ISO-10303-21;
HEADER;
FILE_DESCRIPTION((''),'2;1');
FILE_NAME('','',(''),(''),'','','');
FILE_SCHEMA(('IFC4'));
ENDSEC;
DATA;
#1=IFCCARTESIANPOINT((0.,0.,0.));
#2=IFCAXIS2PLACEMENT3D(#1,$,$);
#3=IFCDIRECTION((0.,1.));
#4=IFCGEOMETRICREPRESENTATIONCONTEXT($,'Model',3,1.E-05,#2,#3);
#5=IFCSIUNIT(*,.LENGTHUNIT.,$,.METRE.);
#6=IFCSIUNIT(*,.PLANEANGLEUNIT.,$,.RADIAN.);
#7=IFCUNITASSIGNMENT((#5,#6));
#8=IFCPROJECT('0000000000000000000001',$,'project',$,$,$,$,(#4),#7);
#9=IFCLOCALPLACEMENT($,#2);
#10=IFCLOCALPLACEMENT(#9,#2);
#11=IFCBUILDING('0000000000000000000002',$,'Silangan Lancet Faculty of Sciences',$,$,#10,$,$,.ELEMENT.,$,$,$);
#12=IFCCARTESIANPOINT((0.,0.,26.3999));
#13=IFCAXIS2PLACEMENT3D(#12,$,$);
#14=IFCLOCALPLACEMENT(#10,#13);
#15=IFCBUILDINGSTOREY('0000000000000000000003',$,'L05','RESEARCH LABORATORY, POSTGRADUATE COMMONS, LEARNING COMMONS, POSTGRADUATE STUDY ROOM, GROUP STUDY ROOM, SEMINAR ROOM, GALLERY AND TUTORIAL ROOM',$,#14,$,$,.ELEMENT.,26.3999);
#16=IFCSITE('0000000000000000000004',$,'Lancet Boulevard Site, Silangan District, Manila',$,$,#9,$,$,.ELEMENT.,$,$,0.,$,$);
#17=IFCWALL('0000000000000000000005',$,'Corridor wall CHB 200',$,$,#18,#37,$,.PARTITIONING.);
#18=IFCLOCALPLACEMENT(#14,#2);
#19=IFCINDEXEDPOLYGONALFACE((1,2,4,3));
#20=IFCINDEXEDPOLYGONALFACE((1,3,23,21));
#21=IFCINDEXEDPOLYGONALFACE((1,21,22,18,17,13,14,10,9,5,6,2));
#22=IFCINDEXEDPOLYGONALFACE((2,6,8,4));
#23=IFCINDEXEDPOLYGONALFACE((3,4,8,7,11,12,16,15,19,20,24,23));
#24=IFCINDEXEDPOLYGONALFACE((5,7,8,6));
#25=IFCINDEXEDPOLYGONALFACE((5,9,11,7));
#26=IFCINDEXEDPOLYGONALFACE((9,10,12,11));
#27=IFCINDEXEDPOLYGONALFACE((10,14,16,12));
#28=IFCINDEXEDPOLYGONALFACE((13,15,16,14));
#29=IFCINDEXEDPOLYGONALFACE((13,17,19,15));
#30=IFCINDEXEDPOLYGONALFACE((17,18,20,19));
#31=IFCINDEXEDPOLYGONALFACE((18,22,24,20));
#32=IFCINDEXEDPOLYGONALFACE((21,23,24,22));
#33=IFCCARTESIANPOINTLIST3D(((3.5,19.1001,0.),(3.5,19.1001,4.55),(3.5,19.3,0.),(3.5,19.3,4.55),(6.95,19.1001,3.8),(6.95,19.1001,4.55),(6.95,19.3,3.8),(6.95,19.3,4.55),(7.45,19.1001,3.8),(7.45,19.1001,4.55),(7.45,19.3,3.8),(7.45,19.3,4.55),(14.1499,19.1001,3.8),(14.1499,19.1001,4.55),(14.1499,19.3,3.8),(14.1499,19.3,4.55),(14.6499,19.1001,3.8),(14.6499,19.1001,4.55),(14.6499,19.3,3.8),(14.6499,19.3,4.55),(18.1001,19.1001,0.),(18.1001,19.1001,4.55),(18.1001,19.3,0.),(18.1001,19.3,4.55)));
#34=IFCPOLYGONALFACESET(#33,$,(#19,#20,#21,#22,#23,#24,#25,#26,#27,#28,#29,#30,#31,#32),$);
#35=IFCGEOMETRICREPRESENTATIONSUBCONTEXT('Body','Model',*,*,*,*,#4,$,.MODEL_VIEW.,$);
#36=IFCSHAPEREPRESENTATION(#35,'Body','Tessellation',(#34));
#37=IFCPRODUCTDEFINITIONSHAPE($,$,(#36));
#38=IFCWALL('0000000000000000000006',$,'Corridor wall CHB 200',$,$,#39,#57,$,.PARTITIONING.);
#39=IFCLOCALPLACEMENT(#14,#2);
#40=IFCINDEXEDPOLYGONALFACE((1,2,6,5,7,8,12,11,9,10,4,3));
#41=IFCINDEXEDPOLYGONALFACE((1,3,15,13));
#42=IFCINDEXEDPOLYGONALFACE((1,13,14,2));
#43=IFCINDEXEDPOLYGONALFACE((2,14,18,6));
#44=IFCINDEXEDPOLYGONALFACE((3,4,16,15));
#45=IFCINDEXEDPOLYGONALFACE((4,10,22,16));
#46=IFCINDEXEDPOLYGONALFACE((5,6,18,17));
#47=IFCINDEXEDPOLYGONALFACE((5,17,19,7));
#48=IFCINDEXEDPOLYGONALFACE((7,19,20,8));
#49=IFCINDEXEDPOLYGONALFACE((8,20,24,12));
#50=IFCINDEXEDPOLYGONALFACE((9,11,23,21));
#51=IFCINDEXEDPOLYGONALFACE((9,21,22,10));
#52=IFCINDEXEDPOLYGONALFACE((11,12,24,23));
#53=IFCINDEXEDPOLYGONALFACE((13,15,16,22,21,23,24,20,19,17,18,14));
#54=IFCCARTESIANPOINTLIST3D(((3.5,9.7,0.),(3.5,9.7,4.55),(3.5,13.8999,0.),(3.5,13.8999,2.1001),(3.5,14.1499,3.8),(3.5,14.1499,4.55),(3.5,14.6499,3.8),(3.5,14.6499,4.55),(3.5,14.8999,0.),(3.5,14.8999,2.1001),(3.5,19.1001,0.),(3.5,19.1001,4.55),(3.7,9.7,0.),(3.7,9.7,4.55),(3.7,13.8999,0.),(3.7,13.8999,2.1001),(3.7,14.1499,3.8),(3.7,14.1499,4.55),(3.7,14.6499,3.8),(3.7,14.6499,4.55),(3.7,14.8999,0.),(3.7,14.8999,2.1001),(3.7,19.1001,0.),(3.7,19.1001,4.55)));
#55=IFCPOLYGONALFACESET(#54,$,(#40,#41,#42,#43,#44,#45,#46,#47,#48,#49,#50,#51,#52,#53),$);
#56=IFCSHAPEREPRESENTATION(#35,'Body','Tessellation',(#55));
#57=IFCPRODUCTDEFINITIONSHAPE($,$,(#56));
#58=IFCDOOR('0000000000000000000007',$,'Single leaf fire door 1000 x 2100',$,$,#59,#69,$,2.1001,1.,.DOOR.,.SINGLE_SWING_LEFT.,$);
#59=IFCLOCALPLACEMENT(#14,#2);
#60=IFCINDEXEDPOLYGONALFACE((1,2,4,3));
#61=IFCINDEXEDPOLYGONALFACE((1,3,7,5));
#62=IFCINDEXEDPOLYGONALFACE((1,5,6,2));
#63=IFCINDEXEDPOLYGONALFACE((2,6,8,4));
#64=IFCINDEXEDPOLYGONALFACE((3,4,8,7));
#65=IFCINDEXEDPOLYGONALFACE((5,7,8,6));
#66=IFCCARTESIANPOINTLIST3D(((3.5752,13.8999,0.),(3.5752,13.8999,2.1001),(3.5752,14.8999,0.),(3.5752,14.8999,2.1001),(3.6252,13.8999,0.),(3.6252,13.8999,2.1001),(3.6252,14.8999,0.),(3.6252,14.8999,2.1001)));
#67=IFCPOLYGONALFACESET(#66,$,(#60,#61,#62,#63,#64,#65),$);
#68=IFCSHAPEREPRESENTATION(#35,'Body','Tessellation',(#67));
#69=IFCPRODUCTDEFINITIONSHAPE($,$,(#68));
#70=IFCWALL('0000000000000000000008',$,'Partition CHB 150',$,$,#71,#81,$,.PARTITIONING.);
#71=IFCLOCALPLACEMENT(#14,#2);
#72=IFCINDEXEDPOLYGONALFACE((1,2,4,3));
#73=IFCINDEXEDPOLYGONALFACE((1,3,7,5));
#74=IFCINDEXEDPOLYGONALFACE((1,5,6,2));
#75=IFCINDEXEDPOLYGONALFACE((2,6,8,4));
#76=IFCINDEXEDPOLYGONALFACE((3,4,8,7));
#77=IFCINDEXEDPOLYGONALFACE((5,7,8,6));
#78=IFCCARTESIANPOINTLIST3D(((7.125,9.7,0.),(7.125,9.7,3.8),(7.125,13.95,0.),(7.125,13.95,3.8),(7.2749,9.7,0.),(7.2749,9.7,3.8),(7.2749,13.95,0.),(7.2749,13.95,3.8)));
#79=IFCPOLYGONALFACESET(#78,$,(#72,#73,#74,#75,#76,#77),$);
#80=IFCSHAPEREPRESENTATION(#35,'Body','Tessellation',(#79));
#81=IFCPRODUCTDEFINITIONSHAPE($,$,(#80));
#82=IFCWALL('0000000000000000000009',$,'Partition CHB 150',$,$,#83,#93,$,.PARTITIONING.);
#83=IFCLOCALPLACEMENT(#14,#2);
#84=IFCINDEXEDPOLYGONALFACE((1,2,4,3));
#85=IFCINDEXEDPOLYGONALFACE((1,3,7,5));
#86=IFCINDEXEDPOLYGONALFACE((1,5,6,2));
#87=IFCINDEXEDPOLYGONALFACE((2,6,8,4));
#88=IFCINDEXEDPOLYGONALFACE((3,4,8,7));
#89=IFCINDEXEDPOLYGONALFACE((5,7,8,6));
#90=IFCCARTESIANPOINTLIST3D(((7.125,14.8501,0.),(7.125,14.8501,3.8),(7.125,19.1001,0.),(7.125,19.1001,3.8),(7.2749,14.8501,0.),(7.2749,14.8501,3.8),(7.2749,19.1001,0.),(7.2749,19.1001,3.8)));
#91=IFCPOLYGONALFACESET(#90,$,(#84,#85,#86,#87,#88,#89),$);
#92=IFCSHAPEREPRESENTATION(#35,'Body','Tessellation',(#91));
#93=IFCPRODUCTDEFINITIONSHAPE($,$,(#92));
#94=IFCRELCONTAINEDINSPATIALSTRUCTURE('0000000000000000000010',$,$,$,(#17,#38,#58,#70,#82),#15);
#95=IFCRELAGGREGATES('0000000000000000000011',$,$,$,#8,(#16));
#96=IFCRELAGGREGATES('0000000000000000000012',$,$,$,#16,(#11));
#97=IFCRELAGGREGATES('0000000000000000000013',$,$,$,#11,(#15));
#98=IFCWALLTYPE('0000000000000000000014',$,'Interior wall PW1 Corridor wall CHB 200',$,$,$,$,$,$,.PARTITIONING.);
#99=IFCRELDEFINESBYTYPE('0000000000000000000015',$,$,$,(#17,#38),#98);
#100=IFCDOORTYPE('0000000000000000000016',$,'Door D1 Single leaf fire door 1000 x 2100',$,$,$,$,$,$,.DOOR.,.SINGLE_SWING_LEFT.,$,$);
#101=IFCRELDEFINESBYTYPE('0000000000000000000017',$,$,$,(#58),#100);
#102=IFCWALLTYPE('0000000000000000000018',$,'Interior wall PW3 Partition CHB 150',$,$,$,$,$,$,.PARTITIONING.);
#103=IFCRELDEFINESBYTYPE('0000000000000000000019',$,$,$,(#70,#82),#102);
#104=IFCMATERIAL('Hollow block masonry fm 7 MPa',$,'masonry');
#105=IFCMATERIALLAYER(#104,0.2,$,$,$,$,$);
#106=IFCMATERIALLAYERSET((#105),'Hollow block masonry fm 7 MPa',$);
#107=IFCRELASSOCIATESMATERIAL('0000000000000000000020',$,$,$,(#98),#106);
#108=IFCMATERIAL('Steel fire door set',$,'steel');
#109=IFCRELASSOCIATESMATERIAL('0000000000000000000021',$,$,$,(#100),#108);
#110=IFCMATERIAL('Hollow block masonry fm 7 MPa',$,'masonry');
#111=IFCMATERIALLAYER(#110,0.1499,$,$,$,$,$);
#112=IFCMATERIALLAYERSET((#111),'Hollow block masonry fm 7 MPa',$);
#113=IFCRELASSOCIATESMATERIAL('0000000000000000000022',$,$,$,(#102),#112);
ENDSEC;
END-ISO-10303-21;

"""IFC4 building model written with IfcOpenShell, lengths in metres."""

from ifc_helpers import new_model, si_unit, direction, frame, frame_2d, origin, place, context, subcontext, project, spatial, polyline, rectangle, outline, extrude, material, layer, layer_set, type_object, element, fill, save


model = new_model("IFC4")

# Units and contexts
model_context = context("Model", 3, precision=1e-05, world=origin(), true_north=direction((0.0, 1.0)))
body_context = subcontext(model_context, "Body", "Model", "MODEL_VIEW")
ifc_project = project(units=[si_unit("LENGTHUNIT", "METRE"), si_unit("PLANEANGLEUNIT", "RADIAN")], contexts=[model_context])

# Site, building, storey
site_placement = place(None, origin())
site = spatial("IfcSite", under=ifc_project, at=site_placement, Name="Lancet Boulevard Site, Silangan District, Manila", CompositionType="ELEMENT", RefElevation=0.0)
building_placement = place(site_placement, origin())
building = spatial("IfcBuilding", under=site, at=building_placement, Name="Silangan Lancet Faculty of Sciences", CompositionType="ELEMENT")
storey_placement = place(building_placement, frame((0.0, 0.0, 26.3999)))
storey = spatial("IfcBuildingStorey", under=building, at=storey_placement, Name="L05", Description="RESEARCH LABORATORY, POSTGRADUATE COMMONS, LEARNING COMMONS, POSTGRADUATE STUDY ROOM, GROUP STUDY ROOM, SEMINAR ROOM, GALLERY AND TUTORIAL ROOM", CompositionType="ELEMENT", Elevation=26.3999)

# Shared definitions
ifc_material_1 = material(Name="Hollow block masonry fm 7 MPa", Category="masonry")
ifc_layer_1 = layer(ifc_material_1, 0.2)
ifc_layer_set_1 = layer_set([ifc_layer_1], Name="Hollow block masonry fm 7 MPa")
wall_type_1 = type_object("IfcWallType", Name="Interior wall PW1 Corridor wall CHB 200", PredefinedType="PARTITIONING", material=ifc_layer_set_1)
ifc_material_2 = material(Name="Steel fire door set", Category="steel")
door_type = type_object("IfcDoorType", Name="Door D1 Single leaf fire door 1000 x 2100", OperationType="SINGLE_SWING_LEFT", PredefinedType="DOOR", material=ifc_material_2)

# Wall
wall_1_placement = place(storey_placement, frame((3.5, 19.2, 0.0), z_axis=(0.0, 0.0, 1.0), x_axis=(1.0, 0.0, 0.0)))
element("IfcWall", 1, at=wall_1_placement, inside=storey, type_object=wall_type_1, Name="Corridor wall CHB 200", PredefinedType="PARTITIONING", context=body_context, shape_type="SweptSolid", body=[
    extrude(outline(polyline([(0.0, 0.0), (14.6001, 0.0), (14.6001, 4.55), (11.1499, 4.55), (11.1499, 3.8), (10.6499, 3.8), (10.6499, 4.55), (3.95, 4.55), (3.95, 3.8), (3.45, 3.8), (3.45, 4.55), (0.0, 4.55), (0.0, 0.0)])), frame((0.0, 0.1001, 0.0), z_axis=(0.0, -1.0, 0.0), x_axis=(1.0, 0.0, 0.0)), (0.0, 0.0, 1.0), 0.2),
])

# Wall, opening, door
wall_2_placement = place(storey_placement, frame((3.6001, 9.7, 0.0), z_axis=(0.0, 0.0, 1.0), x_axis=(0.0, 1.0, 0.0)))
wall_2 = element("IfcWall", 2, at=wall_2_placement, inside=storey, type_object=wall_type_1, Name="Corridor wall CHB 200", PredefinedType="PARTITIONING", context=body_context, shape_type="SweptSolid", body=[
    extrude(outline(polyline([(0.0, 0.0), (9.4001, 0.0), (9.4001, 4.55), (4.95, 4.55), (4.95, 3.8), (4.45, 3.8), (4.45, 4.55), (0.0, 4.55), (0.0, 0.0)])), frame((0.0, 0.1001, 0.0), z_axis=(0.0, -1.0, 0.0), x_axis=(1.0, 0.0, 0.0)), (0.0, 0.0, 1.0), 0.2),
])
opening_1_placement = place(wall_2_placement, frame((4.2, 0.0, 0.0)))
opening_1 = element("IfcOpeningElement", 3, at=opening_1_placement, cuts=wall_2, PredefinedType="OPENING", context=body_context, shape_type="SweptSolid", body=[
    extrude(rectangle(XDim=1.0, YDim=2.1001, at=frame_2d((0.5, 1.05))), frame((0.0, 0.1099, 0.0), z_axis=(0.0, -1.0, 0.0), x_axis=(1.0, 0.0, 0.0)), (0.0, 0.0, 1.0), 0.22),
])
door_1_placement = place(opening_1_placement, frame((1.0, 0.0, 0.0), z_axis=(0.0, 0.0, 1.0), x_axis=(-1.0, 0.0, 0.0)))
door_1 = element("IfcDoor", 4, at=door_1_placement, inside=storey, type_object=door_type, Name="Single leaf fire door 1000 x 2100", OperationType="SINGLE_SWING_LEFT", OverallHeight=2.1001, OverallWidth=1.0, PredefinedType="DOOR", context=body_context, shape_type="SweptSolid", body=[
    extrude(rectangle(XDim=1.0, YDim=2.1001, at=frame_2d((0.5, 1.05))), frame((0.0, 0.0251, 0.0), z_axis=(0.0, -1.0, 0.0), x_axis=(1.0, 0.0, 0.0)), (0.0, 0.0, 1.0), 0.05),
])
fill(opening_1, door_1)

# Walls
ifc_material_3 = material(Name="Hollow block masonry fm 7 MPa", Category="masonry")
ifc_layer_2 = layer(ifc_material_3, 0.1499)
ifc_layer_set_2 = layer_set([ifc_layer_2], Name="Hollow block masonry fm 7 MPa")
wall_type_2 = type_object("IfcWallType", Name="Interior wall PW3 Partition CHB 150", PredefinedType="PARTITIONING", material=ifc_layer_set_2)
for number, where, z_axis, x_axis, name in (
    (5, (7.2, 9.7, 0.0), (0.0, 0.0, 1.0), (0.0, 1.0, 0.0), "Partition CHB 150"),
    (6, (7.2, 14.8501, 0.0), (0.0, 0.0, 1.0), (0.0, 1.0, 0.0), "Partition CHB 150"),
):
    element("IfcWall", number, at=place(storey_placement, frame(where, z_axis=z_axis, x_axis=x_axis)), inside=storey, type_object=wall_type_2, Name=name, PredefinedType="PARTITIONING", context=body_context, shape_type="SweptSolid", body=[
        extrude(rectangle(XDim=4.25, YDim=0.1499, at=frame_2d((2.125, 0.0))), origin(), (0.0, 0.0, 1.0), 3.8),
    ])

save(model, "model.ifc")
